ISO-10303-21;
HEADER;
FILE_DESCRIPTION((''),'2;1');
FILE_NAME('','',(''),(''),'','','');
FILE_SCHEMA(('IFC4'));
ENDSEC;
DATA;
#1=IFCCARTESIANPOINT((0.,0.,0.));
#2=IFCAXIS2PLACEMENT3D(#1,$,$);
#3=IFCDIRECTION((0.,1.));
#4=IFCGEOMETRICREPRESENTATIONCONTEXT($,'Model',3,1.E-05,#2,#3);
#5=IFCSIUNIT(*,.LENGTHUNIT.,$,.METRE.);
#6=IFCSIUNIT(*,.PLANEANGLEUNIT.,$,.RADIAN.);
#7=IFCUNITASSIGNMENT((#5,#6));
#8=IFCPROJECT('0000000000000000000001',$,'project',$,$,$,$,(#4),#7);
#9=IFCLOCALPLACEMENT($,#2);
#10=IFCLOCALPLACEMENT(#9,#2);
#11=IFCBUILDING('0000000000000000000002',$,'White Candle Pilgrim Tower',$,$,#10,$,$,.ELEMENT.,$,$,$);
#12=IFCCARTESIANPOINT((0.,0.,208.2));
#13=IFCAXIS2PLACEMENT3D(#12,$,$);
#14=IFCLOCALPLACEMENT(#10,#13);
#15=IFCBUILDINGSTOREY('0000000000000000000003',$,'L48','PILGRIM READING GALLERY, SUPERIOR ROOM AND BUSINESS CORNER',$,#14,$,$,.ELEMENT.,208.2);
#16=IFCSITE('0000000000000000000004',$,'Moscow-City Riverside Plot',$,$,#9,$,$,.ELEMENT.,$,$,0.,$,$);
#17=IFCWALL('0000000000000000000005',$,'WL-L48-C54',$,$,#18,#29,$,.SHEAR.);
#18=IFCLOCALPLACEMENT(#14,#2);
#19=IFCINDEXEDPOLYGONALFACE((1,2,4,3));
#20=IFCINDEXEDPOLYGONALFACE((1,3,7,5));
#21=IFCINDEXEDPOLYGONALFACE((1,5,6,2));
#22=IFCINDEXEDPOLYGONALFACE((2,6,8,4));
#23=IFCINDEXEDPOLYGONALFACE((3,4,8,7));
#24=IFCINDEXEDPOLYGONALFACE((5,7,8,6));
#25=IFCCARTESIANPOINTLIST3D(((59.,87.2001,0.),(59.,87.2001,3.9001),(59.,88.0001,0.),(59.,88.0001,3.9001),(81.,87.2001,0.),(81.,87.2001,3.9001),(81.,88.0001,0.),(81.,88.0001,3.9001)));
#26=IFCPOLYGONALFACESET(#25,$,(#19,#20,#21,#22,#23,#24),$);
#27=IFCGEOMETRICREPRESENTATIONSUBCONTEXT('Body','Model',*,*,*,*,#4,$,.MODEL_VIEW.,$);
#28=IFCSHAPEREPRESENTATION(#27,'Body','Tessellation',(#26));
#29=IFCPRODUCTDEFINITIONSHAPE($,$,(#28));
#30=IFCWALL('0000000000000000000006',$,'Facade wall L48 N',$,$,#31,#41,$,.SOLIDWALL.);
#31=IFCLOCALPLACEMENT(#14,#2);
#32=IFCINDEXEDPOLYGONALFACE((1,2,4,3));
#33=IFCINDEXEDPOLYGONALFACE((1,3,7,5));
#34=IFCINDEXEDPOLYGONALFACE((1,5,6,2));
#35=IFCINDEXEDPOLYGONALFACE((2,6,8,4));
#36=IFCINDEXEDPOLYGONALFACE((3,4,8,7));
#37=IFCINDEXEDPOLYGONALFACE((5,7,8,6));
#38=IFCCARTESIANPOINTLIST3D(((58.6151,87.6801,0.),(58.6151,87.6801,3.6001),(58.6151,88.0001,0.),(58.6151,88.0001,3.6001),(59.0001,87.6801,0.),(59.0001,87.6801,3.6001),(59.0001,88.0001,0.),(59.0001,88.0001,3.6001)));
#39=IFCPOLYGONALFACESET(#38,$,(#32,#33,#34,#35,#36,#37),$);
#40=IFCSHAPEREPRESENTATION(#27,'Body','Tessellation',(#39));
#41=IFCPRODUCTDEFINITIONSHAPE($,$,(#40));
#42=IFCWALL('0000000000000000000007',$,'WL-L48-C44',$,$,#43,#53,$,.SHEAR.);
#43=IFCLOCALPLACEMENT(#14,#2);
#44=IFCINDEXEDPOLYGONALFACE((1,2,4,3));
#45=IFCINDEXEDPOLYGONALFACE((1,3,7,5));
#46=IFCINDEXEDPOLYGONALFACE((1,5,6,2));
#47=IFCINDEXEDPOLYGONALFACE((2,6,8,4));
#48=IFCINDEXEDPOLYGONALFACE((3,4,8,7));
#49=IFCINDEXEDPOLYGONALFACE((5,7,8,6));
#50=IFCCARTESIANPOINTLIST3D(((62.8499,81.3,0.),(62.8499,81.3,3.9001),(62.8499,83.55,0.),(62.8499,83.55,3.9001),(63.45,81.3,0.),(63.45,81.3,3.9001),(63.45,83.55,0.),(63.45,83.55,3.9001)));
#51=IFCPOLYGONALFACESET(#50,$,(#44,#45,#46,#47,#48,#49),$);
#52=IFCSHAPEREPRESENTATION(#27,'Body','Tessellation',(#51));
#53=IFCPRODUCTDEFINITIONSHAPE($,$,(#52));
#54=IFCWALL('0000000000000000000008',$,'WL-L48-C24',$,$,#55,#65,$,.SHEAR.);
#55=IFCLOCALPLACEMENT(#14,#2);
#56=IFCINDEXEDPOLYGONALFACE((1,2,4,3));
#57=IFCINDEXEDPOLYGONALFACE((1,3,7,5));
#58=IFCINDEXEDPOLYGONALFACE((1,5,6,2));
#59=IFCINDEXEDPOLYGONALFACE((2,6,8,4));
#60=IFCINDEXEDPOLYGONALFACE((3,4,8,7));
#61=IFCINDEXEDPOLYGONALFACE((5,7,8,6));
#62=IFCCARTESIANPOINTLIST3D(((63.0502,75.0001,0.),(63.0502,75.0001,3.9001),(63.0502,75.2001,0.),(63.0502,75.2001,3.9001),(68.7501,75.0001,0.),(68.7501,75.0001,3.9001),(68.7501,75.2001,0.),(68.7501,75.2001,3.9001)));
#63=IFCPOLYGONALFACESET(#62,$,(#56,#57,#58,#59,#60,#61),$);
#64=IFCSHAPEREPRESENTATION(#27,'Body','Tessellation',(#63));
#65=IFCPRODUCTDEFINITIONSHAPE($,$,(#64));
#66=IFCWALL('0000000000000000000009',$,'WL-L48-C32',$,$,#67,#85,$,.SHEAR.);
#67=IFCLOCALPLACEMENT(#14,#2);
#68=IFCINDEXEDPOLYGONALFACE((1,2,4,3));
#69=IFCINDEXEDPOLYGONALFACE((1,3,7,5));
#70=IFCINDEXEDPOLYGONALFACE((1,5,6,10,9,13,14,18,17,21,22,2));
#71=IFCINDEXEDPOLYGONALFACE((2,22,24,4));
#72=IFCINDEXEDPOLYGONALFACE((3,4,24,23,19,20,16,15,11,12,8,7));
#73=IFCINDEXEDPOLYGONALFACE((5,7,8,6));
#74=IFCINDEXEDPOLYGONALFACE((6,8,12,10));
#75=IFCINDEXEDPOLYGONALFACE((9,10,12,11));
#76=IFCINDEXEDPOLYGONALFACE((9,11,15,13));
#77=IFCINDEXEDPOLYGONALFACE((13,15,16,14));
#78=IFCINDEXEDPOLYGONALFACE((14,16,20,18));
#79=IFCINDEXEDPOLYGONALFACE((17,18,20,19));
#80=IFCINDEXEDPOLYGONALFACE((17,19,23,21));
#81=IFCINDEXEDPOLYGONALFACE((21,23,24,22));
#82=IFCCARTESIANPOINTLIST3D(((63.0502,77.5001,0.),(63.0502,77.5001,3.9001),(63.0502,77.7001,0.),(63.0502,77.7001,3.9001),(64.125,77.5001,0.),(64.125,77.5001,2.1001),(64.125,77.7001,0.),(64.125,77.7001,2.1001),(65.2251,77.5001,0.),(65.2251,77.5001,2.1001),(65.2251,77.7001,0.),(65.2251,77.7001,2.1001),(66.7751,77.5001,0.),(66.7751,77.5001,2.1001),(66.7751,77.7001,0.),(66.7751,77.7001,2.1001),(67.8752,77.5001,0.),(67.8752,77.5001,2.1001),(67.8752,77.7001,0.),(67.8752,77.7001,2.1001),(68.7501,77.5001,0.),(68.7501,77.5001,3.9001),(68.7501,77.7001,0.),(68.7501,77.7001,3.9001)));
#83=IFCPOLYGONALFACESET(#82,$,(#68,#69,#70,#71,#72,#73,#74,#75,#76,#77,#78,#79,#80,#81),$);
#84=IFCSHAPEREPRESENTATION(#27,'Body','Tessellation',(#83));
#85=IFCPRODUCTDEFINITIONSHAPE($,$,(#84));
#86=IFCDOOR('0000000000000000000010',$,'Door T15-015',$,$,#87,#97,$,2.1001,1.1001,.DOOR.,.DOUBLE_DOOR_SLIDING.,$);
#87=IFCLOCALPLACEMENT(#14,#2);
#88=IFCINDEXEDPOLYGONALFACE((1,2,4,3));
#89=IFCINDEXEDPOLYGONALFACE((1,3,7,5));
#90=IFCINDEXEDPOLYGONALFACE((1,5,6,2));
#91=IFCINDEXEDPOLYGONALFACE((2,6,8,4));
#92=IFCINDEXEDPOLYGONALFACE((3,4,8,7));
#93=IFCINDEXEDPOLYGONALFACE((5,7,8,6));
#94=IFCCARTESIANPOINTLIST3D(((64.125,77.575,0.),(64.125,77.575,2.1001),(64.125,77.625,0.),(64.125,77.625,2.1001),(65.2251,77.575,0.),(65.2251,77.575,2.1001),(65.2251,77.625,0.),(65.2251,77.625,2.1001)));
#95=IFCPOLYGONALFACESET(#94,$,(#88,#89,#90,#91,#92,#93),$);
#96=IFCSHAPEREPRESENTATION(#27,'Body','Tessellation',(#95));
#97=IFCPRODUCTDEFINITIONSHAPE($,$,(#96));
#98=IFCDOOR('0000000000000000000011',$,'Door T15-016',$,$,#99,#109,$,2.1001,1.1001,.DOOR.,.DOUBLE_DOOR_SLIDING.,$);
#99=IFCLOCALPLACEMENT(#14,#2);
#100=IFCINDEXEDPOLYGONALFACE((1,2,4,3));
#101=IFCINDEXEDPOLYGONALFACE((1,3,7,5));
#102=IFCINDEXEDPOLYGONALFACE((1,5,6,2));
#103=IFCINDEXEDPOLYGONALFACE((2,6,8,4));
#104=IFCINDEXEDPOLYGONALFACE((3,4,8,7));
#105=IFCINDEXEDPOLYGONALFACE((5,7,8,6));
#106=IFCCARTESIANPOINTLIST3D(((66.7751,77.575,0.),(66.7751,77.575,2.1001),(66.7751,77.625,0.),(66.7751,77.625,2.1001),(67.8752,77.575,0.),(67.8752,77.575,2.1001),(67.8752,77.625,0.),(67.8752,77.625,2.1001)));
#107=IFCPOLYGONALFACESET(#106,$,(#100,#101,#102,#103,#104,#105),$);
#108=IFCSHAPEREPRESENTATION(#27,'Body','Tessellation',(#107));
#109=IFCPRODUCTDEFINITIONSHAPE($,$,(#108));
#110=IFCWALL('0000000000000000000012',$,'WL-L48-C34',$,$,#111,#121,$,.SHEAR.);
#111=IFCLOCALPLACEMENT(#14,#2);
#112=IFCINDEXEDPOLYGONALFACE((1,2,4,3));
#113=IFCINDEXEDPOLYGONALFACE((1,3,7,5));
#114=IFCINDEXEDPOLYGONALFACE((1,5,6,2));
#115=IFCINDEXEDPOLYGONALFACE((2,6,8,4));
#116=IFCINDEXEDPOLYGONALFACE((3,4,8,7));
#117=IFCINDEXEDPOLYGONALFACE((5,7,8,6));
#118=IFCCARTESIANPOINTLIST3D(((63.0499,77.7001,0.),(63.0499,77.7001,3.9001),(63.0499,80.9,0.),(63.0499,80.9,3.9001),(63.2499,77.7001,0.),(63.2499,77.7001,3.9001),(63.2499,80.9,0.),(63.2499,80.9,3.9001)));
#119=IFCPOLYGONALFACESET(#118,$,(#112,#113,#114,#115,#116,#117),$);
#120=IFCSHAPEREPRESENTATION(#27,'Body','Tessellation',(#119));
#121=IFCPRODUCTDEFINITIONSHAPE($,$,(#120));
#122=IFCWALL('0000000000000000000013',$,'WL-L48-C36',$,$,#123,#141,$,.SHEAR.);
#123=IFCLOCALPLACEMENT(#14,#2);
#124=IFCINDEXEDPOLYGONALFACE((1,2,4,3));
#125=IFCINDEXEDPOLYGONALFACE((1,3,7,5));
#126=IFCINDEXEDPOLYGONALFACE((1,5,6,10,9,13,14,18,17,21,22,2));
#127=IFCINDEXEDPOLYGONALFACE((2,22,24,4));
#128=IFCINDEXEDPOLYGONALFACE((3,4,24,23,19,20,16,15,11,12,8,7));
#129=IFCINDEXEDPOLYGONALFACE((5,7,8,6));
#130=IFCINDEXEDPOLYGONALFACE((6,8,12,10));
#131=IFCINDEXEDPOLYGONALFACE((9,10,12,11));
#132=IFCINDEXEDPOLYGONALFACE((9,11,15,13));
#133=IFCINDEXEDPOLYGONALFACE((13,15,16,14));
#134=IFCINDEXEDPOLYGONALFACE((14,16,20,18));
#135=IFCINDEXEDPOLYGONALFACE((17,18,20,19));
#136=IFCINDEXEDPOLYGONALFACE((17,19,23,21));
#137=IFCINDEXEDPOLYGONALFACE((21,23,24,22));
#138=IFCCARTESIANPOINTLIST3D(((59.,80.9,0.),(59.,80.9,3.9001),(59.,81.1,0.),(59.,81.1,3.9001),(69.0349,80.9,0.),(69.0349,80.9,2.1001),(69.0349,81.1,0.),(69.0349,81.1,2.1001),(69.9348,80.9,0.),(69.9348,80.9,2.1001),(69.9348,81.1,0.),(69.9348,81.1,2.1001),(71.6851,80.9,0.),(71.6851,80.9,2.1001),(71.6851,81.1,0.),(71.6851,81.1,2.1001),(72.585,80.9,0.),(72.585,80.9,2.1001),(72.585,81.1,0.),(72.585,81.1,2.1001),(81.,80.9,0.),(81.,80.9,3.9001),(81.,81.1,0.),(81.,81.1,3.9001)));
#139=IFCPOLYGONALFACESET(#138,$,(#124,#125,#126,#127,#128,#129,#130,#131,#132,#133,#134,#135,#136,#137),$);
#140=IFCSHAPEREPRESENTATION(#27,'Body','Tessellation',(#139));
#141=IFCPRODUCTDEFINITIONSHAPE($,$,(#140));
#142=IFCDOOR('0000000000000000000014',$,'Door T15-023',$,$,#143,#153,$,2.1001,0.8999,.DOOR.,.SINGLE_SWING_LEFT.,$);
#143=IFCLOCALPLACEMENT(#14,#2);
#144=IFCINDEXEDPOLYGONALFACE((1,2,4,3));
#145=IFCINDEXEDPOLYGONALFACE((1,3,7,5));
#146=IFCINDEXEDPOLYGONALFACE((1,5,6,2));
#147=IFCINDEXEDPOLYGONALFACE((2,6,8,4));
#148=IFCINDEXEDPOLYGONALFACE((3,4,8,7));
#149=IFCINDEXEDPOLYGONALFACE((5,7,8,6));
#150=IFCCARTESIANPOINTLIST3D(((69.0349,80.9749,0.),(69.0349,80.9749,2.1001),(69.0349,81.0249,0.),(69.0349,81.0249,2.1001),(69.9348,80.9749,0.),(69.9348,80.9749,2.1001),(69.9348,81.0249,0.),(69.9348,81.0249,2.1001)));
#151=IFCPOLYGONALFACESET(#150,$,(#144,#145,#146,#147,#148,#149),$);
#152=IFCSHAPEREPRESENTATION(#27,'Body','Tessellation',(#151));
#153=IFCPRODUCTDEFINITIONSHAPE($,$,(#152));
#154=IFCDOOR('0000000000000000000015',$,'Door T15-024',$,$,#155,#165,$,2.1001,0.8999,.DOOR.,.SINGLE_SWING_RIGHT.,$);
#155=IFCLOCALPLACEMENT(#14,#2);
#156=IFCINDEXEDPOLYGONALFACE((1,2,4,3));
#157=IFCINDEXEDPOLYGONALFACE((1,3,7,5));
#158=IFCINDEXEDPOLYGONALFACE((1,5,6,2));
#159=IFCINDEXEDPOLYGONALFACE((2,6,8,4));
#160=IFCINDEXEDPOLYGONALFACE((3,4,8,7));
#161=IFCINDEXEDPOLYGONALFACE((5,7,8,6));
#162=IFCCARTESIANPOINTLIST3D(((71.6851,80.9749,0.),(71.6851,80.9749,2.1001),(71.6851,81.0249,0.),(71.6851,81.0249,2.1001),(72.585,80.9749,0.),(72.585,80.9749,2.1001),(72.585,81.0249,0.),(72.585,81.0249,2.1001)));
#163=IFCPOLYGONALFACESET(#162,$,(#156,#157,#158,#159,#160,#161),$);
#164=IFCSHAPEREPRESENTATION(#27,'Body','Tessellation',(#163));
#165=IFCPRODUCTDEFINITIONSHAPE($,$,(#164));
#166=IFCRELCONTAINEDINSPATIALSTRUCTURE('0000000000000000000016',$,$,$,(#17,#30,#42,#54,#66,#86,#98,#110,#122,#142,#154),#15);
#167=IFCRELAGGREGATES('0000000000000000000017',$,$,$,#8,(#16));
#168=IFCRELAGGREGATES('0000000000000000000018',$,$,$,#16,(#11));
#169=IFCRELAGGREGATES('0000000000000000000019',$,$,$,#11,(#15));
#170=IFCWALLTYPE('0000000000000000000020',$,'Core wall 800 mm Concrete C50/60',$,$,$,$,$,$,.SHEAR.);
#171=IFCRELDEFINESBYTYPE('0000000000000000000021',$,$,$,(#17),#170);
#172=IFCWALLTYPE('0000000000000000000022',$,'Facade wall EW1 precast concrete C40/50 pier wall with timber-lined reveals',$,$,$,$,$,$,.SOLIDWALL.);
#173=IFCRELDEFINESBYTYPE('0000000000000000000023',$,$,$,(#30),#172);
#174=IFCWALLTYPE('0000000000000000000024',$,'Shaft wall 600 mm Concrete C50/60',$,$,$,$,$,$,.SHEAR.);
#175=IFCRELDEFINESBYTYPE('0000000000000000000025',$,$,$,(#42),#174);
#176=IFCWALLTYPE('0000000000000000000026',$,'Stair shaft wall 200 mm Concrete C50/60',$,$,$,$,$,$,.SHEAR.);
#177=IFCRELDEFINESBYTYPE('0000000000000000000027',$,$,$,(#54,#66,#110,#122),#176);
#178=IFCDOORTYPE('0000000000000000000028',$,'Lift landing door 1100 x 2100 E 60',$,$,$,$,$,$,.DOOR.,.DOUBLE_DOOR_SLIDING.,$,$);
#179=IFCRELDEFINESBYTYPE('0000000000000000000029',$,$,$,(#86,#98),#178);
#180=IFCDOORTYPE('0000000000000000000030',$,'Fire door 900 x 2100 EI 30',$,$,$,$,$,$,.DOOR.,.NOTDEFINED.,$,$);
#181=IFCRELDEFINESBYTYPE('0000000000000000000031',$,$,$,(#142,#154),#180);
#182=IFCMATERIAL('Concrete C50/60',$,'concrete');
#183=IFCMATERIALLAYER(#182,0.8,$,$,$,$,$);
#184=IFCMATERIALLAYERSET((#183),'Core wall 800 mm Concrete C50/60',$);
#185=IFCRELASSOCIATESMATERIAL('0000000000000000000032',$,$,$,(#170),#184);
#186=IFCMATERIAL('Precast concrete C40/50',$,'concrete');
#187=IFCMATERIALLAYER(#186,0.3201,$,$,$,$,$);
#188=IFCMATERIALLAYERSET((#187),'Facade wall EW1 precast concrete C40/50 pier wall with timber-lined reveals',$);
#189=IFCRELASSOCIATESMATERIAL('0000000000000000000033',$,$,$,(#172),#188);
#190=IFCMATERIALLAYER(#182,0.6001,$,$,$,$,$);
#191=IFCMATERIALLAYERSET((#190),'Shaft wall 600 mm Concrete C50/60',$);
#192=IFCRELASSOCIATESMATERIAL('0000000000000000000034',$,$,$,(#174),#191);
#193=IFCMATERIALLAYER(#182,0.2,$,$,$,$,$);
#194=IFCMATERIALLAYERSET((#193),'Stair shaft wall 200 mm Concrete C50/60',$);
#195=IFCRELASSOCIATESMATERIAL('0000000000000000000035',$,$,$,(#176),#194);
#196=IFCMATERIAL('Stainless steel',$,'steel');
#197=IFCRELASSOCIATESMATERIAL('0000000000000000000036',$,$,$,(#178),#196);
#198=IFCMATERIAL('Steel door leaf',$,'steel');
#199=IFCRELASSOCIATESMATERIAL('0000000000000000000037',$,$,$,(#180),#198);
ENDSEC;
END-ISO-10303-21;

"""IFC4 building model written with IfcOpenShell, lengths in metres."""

from ifc_helpers import new_model, si_unit, direction, frame, frame_2d, origin, place, context, subcontext, project, spatial, rectangle, extrude, material, layer, layer_set, type_object, element, fill, save


model = new_model("IFC4")

# Units and contexts
model_context = context("Model", 3, precision=1e-05, world=origin(), true_north=direction((0.0, 1.0)))
body_context = subcontext(model_context, "Body", "Model", "MODEL_VIEW")
ifc_project = project(units=[si_unit("LENGTHUNIT", "METRE"), si_unit("PLANEANGLEUNIT", "RADIAN")], contexts=[model_context])

# Site, building, storey
site_placement = place(None, origin())
site = spatial("IfcSite", under=ifc_project, at=site_placement, Name="Moscow-City Riverside Plot", CompositionType="ELEMENT", RefElevation=0.0)
building_placement = place(site_placement, origin())
building = spatial("IfcBuilding", under=site, at=building_placement, Name="White Candle Pilgrim Tower", CompositionType="ELEMENT")
storey_placement = place(building_placement, frame((0.0, 0.0, 208.2)))
storey = spatial("IfcBuildingStorey", under=building, at=storey_placement, Name="L48", Description="PILGRIM READING GALLERY, SUPERIOR ROOM AND BUSINESS CORNER", CompositionType="ELEMENT", Elevation=208.2)

# Shared definitions
ifc_material_1 = material(Name="Concrete C50/60", Category="concrete")

# Shared definitions
ifc_material_2 = material(Name="Stainless steel", Category="steel")

# Shared definitions
ifc_layer_1 = layer(ifc_material_1, 0.8)
ifc_layer_set_1 = layer_set([ifc_layer_1], Name="Core wall 800 mm Concrete C50/60")
wall_type_1 = type_object("IfcWallType", Name="Core wall 800 mm Concrete C50/60", PredefinedType="SHEAR", material=ifc_layer_set_1)
ifc_material_3 = material(Name="Steel door leaf", Category="steel")

# Walls
wall_1_placement = place(storey_placement, frame((59.0, 87.6001, 0.0), z_axis=(0.0, 0.0, 1.0), x_axis=(1.0, 0.0, 0.0)))
element("IfcWall", 1, at=wall_1_placement, inside=storey, type_object=wall_type_1, Name="WL-L48-C54", PredefinedType="SHEAR", context=body_context, shape_type="SweptSolid", body=[
    extrude(rectangle(XDim=22.0, YDim=0.8, at=frame_2d((11.0, 0.0))), origin(), (0.0, 0.0, 1.0), 3.9001),
])
ifc_material_4 = material(Name="Precast concrete C40/50", Category="concrete")
ifc_layer_2 = layer(ifc_material_4, 0.3201)
ifc_layer_set_2 = layer_set([ifc_layer_2], Name="Facade wall EW1 precast concrete C40/50 pier wall with timber-lined reveals")
wall_type_2 = type_object("IfcWallType", Name="Facade wall EW1 precast concrete C40/50 pier wall with timber-lined reveals", PredefinedType="SOLIDWALL", material=ifc_layer_set_2)
wall_2_placement = place(storey_placement, frame((59.0, 87.8401, 0.0), z_axis=(0.0, 0.0, 1.0), x_axis=(-1.0, 0.0, 0.0)))
element("IfcWall", 2, at=wall_2_placement, inside=storey, type_object=wall_type_2, Name="Facade wall L48 N", PredefinedType="SOLIDWALL", context=body_context, shape_type="SweptSolid", body=[
    extrude(rectangle(XDim=0.385, YDim=0.3201, at=frame_2d((0.1924, 0.0))), origin(), (0.0, 0.0, 1.0), 3.6001),
])
ifc_layer_3 = layer(ifc_material_1, 0.6001)
ifc_layer_set_3 = layer_set([ifc_layer_3], Name="Shaft wall 600 mm Concrete C50/60")
wall_type_3 = type_object("IfcWallType", Name="Shaft wall 600 mm Concrete C50/60", PredefinedType="SHEAR", material=ifc_layer_set_3)
wall_3_placement = place(storey_placement, frame((63.1499, 81.3, 0.0), z_axis=(0.0, 0.0, 1.0), x_axis=(0.0, 1.0, 0.0)))
element("IfcWall", 3, at=wall_3_placement, inside=storey, type_object=wall_type_3, Name="WL-L48-C44", PredefinedType="SHEAR", context=body_context, shape_type="SweptSolid", body=[
    extrude(rectangle(XDim=2.25, YDim=0.6001, at=frame_2d((1.125, 0.0))), origin(), (0.0, 0.0, 1.0), 3.9001),
])
ifc_layer_4 = layer(ifc_material_1, 0.2)
ifc_layer_set_4 = layer_set([ifc_layer_4], Name="Stair shaft wall 200 mm Concrete C50/60")
wall_type_4 = type_object("IfcWallType", Name="Stair shaft wall 200 mm Concrete C50/60", PredefinedType="SHEAR", material=ifc_layer_set_4)
wall_4_placement = place(storey_placement, frame((63.05, 75.1001, 0.0), z_axis=(0.0, 0.0, 1.0), x_axis=(1.0, 0.0, 0.0)))
element("IfcWall", 4, at=wall_4_placement, inside=storey, type_object=wall_type_4, Name="WL-L48-C24", PredefinedType="SHEAR", context=body_context, shape_type="SweptSolid", body=[
    extrude(rectangle(XDim=5.7, YDim=0.2, at=frame_2d((2.8501, 0.0))), origin(), (0.0, 0.0, 1.0), 3.9001),
])

# Wall, openings, doors
wall_5_placement = place(storey_placement, frame((63.05, 77.6001, 0.0), z_axis=(0.0, 0.0, 1.0), x_axis=(1.0, 0.0, 0.0)))
wall_5 = element("IfcWall", 5, at=wall_5_placement, inside=storey, type_object=wall_type_4, Name="WL-L48-C32", PredefinedType="SHEAR", context=body_context, shape_type="SweptSolid", body=[
    extrude(rectangle(XDim=5.7, YDim=0.2, at=frame_2d((2.8501, 0.0))), origin(), (0.0, 0.0, 1.0), 3.9001),
])
opening_1_placement = place(wall_5_placement, frame((1.075, 0.0, 0.0)))
opening_1 = element("IfcOpeningElement", 6, at=opening_1_placement, cuts=wall_5, PredefinedType="OPENING", context=body_context, shape_type="SweptSolid", body=[
    extrude(rectangle(XDim=1.1001, YDim=2.1001, at=frame_2d((0.55, 1.05))), frame((0.0, 0.1099, 0.0), z_axis=(0.0, -1.0, 0.0), x_axis=(1.0, 0.0, 0.0)), (0.0, 0.0, 1.0), 0.22),
])
opening_2_placement = place(wall_5_placement, frame((3.7251, 0.0, 0.0)))
opening_2 = element("IfcOpeningElement", 7, at=opening_2_placement, cuts=wall_5, PredefinedType="OPENING", context=body_context, shape_type="SweptSolid", body=[
    extrude(rectangle(XDim=1.1001, YDim=2.1001, at=frame_2d((0.55, 1.05))), frame((0.0, 0.1099, 0.0), z_axis=(0.0, -1.0, 0.0), x_axis=(1.0, 0.0, 0.0)), (0.0, 0.0, 1.0), 0.22),
])
door_type_1 = type_object("IfcDoorType", Name="Lift landing door 1100 x 2100 E 60", OperationType="DOUBLE_DOOR_SLIDING", PredefinedType="DOOR", material=ifc_material_2)
door_1_placement = place(opening_1_placement, origin())
door_1 = element("IfcDoor", 8, at=door_1_placement, inside=storey, type_object=door_type_1, Name="Door T15-015", OperationType="DOUBLE_DOOR_SLIDING", OverallHeight=2.1001, OverallWidth=1.1001, PredefinedType="DOOR", context=body_context, shape_type="SweptSolid", body=[
    extrude(rectangle(XDim=1.1001, YDim=2.1001, at=frame_2d((0.55, 1.05))), frame((0.0, 0.0249, 0.0), z_axis=(0.0, -1.0, 0.0), x_axis=(1.0, 0.0, 0.0)), (0.0, 0.0, 1.0), 0.05),
])
fill(opening_1, door_1)
door_2_placement = place(opening_2_placement, origin())
door_2 = element("IfcDoor", 9, at=door_2_placement, inside=storey, type_object=door_type_1, Name="Door T15-016", OperationType="DOUBLE_DOOR_SLIDING", OverallHeight=2.1001, OverallWidth=1.1001, PredefinedType="DOOR", context=body_context, shape_type="SweptSolid", body=[
    extrude(rectangle(XDim=1.1001, YDim=2.1001, at=frame_2d((0.55, 1.05))), frame((0.0, 0.0249, 0.0), z_axis=(0.0, -1.0, 0.0), x_axis=(1.0, 0.0, 0.0)), (0.0, 0.0, 1.0), 0.05),
])
fill(opening_2, door_2)

# Wall
wall_6_placement = place(storey_placement, frame((63.1499, 77.7, 0.0), z_axis=(0.0, 0.0, 1.0), x_axis=(0.0, 1.0, 0.0)))
element("IfcWall", 10, at=wall_6_placement, inside=storey, type_object=wall_type_4, Name="WL-L48-C34", PredefinedType="SHEAR", context=body_context, shape_type="SweptSolid", body=[
    extrude(rectangle(XDim=3.2, YDim=0.2, at=frame_2d((1.6001, 0.0))), origin(), (0.0, 0.0, 1.0), 3.9001),
])

# Wall, openings, doors
wall_7_placement = place(storey_placement, frame((59.0, 81.0, 0.0), z_axis=(0.0, 0.0, 1.0), x_axis=(1.0, 0.0, 0.0)))
wall_7 = element("IfcWall", 11, at=wall_7_placement, inside=storey, type_object=wall_type_4, Name="WL-L48-C36", PredefinedType="SHEAR", context=body_context, shape_type="SweptSolid", body=[
    extrude(rectangle(XDim=22.0, YDim=0.2, at=frame_2d((11.0, 0.0))), origin(), (0.0, 0.0, 1.0), 3.9001),
])
opening_3_placement = place(wall_7_placement, frame((10.0349, 0.0, 0.0)))
opening_3 = element("IfcOpeningElement", 12, at=opening_3_placement, cuts=wall_7, PredefinedType="OPENING", context=body_context, shape_type="SweptSolid", body=[
    extrude(rectangle(XDim=0.8999, YDim=2.1001, at=frame_2d((0.45, 1.05))), frame((0.0, 0.1099, 0.0), z_axis=(0.0, -1.0, 0.0), x_axis=(1.0, 0.0, 0.0)), (0.0, 0.0, 1.0), 0.22),
])
opening_4_placement = place(wall_7_placement, frame((12.6851, 0.0, 0.0)))
opening_4 = element("IfcOpeningElement", 13, at=opening_4_placement, cuts=wall_7, PredefinedType="OPENING", context=body_context, shape_type="SweptSolid", body=[
    extrude(rectangle(XDim=0.8999, YDim=2.1001, at=frame_2d((0.45, 1.05))), frame((0.0, 0.1099, 0.0), z_axis=(0.0, -1.0, 0.0), x_axis=(1.0, 0.0, 0.0)), (0.0, 0.0, 1.0), 0.22),
])
door_type_2 = type_object("IfcDoorType", Name="Fire door 900 x 2100 EI 30", OperationType="NOTDEFINED", PredefinedType="DOOR", material=ifc_material_3)
door_3_placement = place(opening_3_placement, origin())
door_3 = element("IfcDoor", 14, at=door_3_placement, inside=storey, type_object=door_type_2, Name="Door T15-023", OperationType="SINGLE_SWING_LEFT", OverallHeight=2.1001, OverallWidth=0.8999, PredefinedType="DOOR", context=body_context, shape_type="SweptSolid", body=[
    extrude(rectangle(XDim=0.8999, YDim=2.1001, at=frame_2d((0.45, 1.05))), frame((0.0, 0.0249, 0.0), z_axis=(0.0, -1.0, 0.0), x_axis=(1.0, 0.0, 0.0)), (0.0, 0.0, 1.0), 0.05),
])
fill(opening_3, door_3)
door_4_placement = place(opening_4_placement, origin())
door_4 = element("IfcDoor", 15, at=door_4_placement, inside=storey, type_object=door_type_2, Name="Door T15-024", OperationType="SINGLE_SWING_RIGHT", OverallHeight=2.1001, OverallWidth=0.8999, PredefinedType="DOOR", context=body_context, shape_type="SweptSolid", body=[
    extrude(rectangle(XDim=0.8999, YDim=2.1001, at=frame_2d((0.45, 1.05))), frame((0.0, 0.0249, 0.0), z_axis=(0.0, -1.0, 0.0), x_axis=(1.0, 0.0, 0.0)), (0.0, 0.0, 1.0), 0.05),
])
fill(opening_4, door_4)

save(model, "model.ifc")
